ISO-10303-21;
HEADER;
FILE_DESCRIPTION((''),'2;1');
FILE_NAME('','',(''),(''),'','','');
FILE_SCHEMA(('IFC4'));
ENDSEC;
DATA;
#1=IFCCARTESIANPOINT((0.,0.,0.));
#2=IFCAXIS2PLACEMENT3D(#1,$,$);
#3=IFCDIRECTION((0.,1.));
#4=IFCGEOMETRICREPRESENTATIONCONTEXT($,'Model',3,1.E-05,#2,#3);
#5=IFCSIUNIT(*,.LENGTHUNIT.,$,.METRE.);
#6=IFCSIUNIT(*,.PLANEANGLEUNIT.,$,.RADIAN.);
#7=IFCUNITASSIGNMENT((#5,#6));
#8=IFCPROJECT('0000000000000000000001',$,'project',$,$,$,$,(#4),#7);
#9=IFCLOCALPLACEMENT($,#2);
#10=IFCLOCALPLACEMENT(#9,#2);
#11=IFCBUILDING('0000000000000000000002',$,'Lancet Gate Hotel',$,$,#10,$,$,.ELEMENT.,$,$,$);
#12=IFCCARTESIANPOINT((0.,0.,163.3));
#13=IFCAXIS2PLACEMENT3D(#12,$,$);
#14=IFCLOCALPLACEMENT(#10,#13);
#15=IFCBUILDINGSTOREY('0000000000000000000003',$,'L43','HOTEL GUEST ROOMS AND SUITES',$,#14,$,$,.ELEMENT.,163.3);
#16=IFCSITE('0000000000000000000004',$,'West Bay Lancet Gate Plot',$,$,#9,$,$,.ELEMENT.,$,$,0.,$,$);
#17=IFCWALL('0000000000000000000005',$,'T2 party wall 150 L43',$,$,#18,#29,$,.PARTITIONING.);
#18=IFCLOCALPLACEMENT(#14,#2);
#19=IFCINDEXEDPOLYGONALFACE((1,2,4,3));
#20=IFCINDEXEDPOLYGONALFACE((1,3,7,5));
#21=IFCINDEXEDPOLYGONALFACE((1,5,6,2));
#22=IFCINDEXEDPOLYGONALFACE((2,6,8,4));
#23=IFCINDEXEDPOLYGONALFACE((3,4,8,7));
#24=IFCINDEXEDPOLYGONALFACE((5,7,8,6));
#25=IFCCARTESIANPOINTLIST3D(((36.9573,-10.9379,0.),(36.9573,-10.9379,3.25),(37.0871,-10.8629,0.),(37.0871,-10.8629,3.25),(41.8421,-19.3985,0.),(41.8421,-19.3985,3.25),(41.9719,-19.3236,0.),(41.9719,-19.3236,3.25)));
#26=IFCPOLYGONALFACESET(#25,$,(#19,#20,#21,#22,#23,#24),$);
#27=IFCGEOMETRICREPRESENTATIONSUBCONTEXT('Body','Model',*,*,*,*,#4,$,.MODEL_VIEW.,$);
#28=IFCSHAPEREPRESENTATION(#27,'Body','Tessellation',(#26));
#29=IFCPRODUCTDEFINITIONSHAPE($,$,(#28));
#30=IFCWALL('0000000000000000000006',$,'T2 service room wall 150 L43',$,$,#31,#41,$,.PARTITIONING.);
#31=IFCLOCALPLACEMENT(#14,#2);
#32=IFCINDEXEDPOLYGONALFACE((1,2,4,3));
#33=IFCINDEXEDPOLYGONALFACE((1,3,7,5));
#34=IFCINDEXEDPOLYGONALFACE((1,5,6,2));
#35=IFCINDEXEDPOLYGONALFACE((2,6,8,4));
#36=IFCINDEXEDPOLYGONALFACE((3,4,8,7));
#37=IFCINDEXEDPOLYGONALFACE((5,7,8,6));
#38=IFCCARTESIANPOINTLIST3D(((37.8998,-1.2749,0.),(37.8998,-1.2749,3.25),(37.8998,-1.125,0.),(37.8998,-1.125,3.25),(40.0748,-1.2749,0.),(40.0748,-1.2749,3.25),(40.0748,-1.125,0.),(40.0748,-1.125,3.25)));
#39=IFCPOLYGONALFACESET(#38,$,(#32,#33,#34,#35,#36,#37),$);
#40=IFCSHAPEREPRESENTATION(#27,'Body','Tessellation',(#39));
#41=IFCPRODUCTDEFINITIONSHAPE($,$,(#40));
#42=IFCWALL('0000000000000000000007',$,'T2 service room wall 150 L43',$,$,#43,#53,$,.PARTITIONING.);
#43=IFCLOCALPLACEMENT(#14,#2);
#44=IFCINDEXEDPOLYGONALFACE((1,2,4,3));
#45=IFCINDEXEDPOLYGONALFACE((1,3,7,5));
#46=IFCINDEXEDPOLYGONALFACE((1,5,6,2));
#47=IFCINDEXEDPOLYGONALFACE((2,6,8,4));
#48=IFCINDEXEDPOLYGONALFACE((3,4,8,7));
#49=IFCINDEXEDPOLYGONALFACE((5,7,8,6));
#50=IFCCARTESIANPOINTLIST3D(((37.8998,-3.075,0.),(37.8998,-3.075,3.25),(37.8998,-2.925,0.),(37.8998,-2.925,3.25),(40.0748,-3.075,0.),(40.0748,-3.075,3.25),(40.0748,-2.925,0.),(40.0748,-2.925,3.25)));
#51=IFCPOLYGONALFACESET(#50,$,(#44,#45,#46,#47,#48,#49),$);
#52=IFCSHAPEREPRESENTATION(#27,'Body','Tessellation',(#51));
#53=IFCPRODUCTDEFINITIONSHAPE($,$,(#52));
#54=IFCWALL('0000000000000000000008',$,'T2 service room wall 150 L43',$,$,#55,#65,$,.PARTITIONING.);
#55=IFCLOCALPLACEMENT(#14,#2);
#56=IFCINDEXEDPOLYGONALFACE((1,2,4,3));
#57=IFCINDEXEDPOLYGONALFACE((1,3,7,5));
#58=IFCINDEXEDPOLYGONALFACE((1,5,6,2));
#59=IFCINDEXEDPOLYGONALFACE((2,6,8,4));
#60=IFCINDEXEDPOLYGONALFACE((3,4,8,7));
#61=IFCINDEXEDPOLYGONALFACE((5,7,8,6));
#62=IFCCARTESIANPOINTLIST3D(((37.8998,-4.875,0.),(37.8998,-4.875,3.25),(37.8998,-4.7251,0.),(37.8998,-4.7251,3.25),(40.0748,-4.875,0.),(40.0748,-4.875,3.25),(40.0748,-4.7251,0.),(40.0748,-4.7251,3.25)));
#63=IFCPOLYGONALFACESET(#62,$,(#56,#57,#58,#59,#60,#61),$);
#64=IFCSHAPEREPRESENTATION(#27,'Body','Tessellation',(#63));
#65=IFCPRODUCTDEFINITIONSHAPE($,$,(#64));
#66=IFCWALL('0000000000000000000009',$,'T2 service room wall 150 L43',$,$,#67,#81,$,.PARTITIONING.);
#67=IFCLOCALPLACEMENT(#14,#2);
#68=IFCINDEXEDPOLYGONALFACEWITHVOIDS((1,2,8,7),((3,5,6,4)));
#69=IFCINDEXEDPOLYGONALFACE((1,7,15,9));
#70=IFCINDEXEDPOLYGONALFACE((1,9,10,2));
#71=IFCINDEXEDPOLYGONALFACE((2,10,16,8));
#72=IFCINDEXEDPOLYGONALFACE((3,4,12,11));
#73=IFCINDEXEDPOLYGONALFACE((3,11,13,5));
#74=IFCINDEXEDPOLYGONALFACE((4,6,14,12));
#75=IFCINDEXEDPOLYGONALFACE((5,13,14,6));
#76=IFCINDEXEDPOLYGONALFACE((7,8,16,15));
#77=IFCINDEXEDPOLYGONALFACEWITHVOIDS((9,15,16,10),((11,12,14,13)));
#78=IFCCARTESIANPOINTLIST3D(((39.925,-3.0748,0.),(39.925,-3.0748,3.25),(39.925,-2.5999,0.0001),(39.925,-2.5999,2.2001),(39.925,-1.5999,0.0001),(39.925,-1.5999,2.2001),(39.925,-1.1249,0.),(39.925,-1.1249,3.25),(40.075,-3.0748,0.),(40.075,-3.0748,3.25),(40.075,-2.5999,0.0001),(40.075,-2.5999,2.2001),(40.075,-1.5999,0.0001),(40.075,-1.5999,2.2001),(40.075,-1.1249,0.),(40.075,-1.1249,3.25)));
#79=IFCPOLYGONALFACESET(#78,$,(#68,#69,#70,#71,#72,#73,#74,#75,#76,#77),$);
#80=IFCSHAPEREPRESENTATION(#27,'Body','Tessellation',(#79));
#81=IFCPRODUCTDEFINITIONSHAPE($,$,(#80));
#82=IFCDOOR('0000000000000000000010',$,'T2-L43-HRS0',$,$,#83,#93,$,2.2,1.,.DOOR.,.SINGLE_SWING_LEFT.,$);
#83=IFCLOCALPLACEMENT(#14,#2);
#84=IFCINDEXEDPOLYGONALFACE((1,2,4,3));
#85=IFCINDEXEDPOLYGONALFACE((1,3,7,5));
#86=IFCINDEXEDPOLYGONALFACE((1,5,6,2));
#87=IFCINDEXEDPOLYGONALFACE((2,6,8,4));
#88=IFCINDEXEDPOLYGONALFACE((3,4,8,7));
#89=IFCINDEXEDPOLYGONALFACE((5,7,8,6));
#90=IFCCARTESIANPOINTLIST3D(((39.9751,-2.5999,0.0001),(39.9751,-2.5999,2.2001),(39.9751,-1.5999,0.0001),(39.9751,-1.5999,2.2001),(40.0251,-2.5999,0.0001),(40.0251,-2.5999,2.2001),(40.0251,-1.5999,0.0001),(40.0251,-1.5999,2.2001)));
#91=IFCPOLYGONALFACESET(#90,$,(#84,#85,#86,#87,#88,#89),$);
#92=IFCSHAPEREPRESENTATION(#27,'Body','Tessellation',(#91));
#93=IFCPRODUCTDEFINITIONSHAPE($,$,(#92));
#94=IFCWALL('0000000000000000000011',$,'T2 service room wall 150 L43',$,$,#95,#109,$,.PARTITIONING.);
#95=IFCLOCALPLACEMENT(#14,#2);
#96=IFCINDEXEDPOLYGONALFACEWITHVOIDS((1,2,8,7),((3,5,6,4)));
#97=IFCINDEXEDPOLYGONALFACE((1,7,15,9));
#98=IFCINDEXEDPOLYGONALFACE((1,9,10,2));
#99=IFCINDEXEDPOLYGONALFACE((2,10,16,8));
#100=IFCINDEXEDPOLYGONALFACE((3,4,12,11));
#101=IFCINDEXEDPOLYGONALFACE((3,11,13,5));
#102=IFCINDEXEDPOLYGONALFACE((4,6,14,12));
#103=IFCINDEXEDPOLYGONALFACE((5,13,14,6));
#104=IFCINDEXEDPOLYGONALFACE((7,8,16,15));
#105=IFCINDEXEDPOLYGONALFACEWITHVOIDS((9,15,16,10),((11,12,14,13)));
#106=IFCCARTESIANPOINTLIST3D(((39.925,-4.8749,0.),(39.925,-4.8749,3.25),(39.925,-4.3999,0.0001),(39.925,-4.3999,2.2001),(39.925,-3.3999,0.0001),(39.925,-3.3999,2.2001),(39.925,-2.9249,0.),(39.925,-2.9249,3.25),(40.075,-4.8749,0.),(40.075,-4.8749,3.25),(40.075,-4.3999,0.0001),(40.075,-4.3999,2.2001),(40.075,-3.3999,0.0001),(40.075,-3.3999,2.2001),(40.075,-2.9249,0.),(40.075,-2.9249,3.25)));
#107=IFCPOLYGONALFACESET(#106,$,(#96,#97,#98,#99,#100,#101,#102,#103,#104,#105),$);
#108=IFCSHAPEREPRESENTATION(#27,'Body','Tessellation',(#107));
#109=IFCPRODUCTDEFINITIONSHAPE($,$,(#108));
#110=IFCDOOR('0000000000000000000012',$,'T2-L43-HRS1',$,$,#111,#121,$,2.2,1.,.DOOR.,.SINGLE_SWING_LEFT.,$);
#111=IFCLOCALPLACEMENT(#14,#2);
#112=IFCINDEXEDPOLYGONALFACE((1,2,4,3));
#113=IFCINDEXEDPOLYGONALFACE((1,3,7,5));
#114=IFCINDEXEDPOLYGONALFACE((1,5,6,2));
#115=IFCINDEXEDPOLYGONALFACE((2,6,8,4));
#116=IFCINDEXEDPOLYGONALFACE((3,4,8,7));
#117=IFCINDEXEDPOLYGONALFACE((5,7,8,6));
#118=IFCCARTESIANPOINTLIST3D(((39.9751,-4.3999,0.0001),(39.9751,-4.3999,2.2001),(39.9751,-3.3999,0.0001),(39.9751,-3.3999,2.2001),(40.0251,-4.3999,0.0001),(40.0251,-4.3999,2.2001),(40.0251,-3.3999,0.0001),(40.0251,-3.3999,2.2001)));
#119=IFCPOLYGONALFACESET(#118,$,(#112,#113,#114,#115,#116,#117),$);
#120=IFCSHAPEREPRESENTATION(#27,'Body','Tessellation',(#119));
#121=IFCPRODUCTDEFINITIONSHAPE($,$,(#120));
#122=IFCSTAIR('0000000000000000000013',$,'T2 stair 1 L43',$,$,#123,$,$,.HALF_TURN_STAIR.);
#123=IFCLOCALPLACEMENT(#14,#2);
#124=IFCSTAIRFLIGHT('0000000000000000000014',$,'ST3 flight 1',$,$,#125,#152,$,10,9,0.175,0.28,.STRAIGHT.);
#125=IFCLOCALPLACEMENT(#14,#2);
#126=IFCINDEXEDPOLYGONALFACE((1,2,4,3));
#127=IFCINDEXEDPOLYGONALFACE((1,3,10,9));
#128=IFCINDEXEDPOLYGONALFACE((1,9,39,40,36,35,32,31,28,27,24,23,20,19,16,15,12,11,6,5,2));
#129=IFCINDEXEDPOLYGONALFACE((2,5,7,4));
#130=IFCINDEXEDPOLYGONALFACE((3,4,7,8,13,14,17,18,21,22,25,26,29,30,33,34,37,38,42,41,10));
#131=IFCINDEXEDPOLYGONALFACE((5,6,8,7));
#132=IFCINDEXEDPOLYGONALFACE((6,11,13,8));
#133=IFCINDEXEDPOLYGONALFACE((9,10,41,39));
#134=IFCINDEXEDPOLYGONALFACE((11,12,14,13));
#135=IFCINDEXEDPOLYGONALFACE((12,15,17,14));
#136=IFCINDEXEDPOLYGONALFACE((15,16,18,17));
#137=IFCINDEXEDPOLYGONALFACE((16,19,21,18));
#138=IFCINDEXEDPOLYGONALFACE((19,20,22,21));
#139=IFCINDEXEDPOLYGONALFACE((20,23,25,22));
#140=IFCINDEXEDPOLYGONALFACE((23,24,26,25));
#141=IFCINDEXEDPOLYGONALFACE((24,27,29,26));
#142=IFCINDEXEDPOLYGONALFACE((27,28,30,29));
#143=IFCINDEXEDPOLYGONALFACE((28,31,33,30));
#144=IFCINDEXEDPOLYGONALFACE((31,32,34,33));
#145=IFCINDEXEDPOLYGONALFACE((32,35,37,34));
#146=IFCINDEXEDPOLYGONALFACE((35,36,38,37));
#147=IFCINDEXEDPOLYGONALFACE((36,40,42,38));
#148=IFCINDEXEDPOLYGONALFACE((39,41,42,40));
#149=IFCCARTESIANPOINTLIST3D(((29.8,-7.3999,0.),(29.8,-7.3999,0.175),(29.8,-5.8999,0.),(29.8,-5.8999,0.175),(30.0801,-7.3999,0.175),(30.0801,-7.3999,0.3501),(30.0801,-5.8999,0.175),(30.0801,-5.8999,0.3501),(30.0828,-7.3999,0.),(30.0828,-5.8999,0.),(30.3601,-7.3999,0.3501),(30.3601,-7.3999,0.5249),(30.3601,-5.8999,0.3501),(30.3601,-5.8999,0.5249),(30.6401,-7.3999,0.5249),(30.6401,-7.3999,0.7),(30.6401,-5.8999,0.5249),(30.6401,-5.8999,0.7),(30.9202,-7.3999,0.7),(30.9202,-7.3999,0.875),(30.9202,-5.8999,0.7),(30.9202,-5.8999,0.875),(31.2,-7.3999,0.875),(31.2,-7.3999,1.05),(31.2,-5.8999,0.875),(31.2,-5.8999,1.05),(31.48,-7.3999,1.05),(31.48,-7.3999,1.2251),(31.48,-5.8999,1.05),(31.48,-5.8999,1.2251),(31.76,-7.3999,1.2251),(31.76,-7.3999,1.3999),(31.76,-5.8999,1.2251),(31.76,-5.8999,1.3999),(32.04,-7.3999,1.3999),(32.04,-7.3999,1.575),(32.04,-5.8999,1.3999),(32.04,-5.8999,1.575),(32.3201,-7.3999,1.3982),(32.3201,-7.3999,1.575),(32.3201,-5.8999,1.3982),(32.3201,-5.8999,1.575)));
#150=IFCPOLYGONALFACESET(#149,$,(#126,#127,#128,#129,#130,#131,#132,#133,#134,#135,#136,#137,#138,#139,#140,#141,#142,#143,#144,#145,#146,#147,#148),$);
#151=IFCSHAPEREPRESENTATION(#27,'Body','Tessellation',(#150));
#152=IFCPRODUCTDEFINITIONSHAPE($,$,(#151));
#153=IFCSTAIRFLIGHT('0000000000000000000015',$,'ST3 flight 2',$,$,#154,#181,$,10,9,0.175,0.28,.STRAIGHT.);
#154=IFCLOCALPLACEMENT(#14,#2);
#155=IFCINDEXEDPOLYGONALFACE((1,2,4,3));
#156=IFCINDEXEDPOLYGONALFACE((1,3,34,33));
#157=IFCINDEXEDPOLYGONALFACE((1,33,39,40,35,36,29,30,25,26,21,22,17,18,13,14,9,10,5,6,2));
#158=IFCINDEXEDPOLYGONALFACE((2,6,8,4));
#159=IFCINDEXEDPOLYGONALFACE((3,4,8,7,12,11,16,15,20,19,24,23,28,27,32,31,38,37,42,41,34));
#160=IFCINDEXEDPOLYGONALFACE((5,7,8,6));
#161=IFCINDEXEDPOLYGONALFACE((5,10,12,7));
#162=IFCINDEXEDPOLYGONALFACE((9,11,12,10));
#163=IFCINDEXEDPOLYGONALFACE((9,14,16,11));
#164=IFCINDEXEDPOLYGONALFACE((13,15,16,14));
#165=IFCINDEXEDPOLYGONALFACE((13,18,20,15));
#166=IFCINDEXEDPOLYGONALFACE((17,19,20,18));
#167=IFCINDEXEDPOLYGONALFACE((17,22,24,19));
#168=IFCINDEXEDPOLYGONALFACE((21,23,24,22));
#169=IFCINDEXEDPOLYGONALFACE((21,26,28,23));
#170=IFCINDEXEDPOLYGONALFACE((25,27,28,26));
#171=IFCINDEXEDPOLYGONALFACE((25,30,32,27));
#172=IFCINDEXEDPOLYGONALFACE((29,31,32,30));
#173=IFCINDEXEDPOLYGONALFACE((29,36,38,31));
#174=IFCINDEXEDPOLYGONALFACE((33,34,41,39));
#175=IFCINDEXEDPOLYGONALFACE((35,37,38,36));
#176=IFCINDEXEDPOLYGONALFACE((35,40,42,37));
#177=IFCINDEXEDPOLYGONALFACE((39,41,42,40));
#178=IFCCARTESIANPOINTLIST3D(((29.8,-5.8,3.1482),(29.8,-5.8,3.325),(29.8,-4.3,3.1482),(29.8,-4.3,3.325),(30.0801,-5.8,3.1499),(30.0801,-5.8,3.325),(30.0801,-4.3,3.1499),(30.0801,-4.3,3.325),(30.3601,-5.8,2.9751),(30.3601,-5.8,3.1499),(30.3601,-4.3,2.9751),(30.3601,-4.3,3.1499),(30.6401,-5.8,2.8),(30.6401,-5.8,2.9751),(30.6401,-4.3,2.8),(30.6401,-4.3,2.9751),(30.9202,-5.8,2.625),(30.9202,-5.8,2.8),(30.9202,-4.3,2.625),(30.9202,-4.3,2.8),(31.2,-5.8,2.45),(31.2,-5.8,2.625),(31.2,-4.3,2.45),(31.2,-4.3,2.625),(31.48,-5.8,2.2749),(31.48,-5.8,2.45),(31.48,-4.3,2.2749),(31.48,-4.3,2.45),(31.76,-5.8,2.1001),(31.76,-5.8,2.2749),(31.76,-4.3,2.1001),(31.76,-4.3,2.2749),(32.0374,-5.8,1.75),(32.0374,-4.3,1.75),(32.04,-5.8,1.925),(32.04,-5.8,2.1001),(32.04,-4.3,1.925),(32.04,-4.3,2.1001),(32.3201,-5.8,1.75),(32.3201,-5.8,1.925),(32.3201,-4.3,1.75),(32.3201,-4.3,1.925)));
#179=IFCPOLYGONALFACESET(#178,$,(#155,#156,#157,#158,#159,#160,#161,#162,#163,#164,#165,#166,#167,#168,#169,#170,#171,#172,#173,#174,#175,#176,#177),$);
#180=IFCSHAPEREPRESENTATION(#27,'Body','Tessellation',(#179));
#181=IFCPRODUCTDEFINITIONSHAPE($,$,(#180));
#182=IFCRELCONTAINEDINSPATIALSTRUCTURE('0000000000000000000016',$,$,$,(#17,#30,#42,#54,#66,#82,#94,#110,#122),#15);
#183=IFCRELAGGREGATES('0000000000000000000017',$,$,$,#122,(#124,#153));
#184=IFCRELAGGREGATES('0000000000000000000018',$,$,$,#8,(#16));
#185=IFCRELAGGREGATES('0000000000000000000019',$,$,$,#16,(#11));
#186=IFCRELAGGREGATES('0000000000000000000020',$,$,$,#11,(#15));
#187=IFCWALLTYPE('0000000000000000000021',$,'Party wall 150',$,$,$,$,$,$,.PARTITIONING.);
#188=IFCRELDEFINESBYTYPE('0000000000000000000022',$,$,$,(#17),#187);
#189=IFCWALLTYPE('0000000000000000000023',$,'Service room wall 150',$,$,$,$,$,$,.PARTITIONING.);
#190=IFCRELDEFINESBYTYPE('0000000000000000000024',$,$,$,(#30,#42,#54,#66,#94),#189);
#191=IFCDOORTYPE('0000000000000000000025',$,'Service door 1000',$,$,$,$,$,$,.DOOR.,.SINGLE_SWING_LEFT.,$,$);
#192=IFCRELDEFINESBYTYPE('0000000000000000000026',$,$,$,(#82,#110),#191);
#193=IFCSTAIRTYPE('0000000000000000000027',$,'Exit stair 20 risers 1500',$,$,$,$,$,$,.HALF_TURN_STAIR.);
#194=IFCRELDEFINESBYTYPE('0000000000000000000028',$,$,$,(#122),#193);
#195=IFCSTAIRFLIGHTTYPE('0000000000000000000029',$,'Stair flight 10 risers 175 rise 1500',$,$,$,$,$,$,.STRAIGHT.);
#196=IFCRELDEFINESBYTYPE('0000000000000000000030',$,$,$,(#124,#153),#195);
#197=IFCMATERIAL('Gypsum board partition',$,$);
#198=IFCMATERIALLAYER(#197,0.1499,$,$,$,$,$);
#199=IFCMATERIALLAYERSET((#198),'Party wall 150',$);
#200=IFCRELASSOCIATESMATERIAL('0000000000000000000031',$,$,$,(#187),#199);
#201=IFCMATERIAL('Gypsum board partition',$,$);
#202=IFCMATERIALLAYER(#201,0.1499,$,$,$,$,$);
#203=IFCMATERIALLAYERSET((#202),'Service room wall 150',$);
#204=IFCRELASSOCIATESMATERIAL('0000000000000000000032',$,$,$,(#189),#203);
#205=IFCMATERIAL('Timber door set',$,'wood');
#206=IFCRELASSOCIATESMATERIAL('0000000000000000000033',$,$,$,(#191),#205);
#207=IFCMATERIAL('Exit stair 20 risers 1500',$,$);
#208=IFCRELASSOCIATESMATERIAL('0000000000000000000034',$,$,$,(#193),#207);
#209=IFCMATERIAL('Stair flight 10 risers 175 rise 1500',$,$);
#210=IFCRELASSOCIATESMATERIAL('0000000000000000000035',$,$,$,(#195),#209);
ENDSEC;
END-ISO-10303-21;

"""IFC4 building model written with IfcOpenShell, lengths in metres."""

from ifc_helpers import new_model, si_unit, direction, frame, frame_2d, origin, place, context, subcontext, project, spatial, polyline, rectangle, outline, extrude, material, layer, layer_set, type_object, element, fill, aggregate, save


model = new_model("IFC4")

# Units and contexts
model_context = context("Model", 3, precision=1e-05, world=origin(), true_north=direction((0.0, 1.0)))
body_context = subcontext(model_context, "Body", "Model", "MODEL_VIEW")
ifc_project = project(units=[si_unit("LENGTHUNIT", "METRE"), si_unit("PLANEANGLEUNIT", "RADIAN")], contexts=[model_context])

# Site, building, storey
site_placement = place(None, origin())
site = spatial("IfcSite", under=ifc_project, at=site_placement, Name="West Bay Lancet Gate Plot", CompositionType="ELEMENT", RefElevation=0.0)
building_placement = place(site_placement, origin())
building = spatial("IfcBuilding", under=site, at=building_placement, Name="Lancet Gate Hotel", CompositionType="ELEMENT")
storey_placement = place(building_placement, frame((0.0, 0.0, 163.3)))
storey = spatial("IfcBuildingStorey", under=building, at=storey_placement, Name="L43", Description="HOTEL GUEST ROOMS AND SUITES", CompositionType="ELEMENT", Elevation=163.3)

# Walls
ifc_material_1 = material(Name="Gypsum board partition")
ifc_layer_1 = layer(ifc_material_1, 0.1499)
ifc_layer_set_1 = layer_set([ifc_layer_1], Name="Party wall 150")
wall_type_1 = type_object("IfcWallType", Name="Party wall 150", PredefinedType="PARTITIONING", material=ifc_layer_set_1)
wall_1_placement = place(storey_placement, frame((37.0222, -10.9004, 0.0), z_axis=(0.0, 0.0, 1.0), x_axis=(0.499999, -0.866026, 0.0)))
element("IfcWall", 1, at=wall_1_placement, inside=storey, type_object=wall_type_1, Name="T2 party wall 150 L43", PredefinedType="PARTITIONING", context=body_context, shape_type="SweptSolid", body=[
    extrude(rectangle(XDim=9.7695, YDim=0.1499, at=frame_2d((4.8848, 0.0))), origin(), (0.0, 0.0, 1.0), 3.25),
])
ifc_material_2 = material(Name="Gypsum board partition")
ifc_layer_2 = layer(ifc_material_2, 0.1499)
ifc_layer_set_2 = layer_set([ifc_layer_2], Name="Service room wall 150")
wall_type_2 = type_object("IfcWallType", Name="Service room wall 150", PredefinedType="PARTITIONING", material=ifc_layer_set_2)
for number, where, z_axis, x_axis, name in (
    (2, (37.8999, -1.2, 0.0), (0.0, 0.0, 1.0), (1.0, 0.0, 0.0), "T2 service room wall 150 L43"),
    (3, (37.8999, -3.0, 0.0), (0.0, 0.0, 1.0), (1.0, 0.0, 0.0), "T2 service room wall 150 L43"),
    (4, (37.8999, -4.8, 0.0), (0.0, 0.0, 1.0), (1.0, 0.0, 0.0), "T2 service room wall 150 L43"),
):
    element("IfcWall", number, at=place(storey_placement, frame(where, z_axis=z_axis, x_axis=x_axis)), inside=storey, type_object=wall_type_2, Name=name, PredefinedType="PARTITIONING", context=body_context, shape_type="SweptSolid", body=[
        extrude(rectangle(XDim=2.175, YDim=0.1499, at=frame_2d((1.0874, 0.0))), origin(), (0.0, 0.0, 1.0), 3.25),
    ])

# Walls, openings, doors
wall_2_placement = place(storey_placement, frame((40.0, -3.075, 0.0), z_axis=(0.0, 0.0, 1.0), x_axis=(0.0, 1.0, 0.0)))
wall_2 = element("IfcWall", 5, at=wall_2_placement, inside=storey, type_object=wall_type_2, Name="T2 service room wall 150 L43", PredefinedType="PARTITIONING", context=body_context, shape_type="SweptSolid", body=[
    extrude(rectangle(XDim=1.95, YDim=0.1499, at=frame_2d((0.9751, 0.0))), origin(), (0.0, 0.0, 1.0), 3.25),
])
opening_1_placement = place(wall_2_placement, frame((0.4751, 0.0, 0.0)))
opening_1 = element("IfcOpeningElement", 6, at=opening_1_placement, cuts=wall_2, PredefinedType="OPENING", context=body_context, shape_type="SweptSolid", body=[
    extrude(rectangle(XDim=1.0, YDim=2.2, at=frame_2d((0.5, 1.1001))), frame((0.0, 0.085, 0.0), z_axis=(0.0, -1.0, 0.0), x_axis=(1.0, 0.0, 0.0)), (0.0, 0.0, 1.0), 0.1699),
])
ifc_material_3 = material(Name="Timber door set", Category="wood")
door_type_1 = type_object("IfcDoorType", Name="Service door 1000", OperationType="SINGLE_SWING_LEFT", PredefinedType="DOOR", material=ifc_material_3)
door_1_placement = place(opening_1_placement, origin())
door_1 = element("IfcDoor", 7, at=door_1_placement, inside=storey, type_object=door_type_1, Name="T2-L43-HRS0", OperationType="SINGLE_SWING_LEFT", OverallHeight=2.2, OverallWidth=1.0, PredefinedType="DOOR", context=body_context, shape_type="SweptSolid", body=[
    extrude(rectangle(XDim=1.0, YDim=2.2, at=frame_2d((0.5, 1.1001))), frame((0.0, 0.0249, 0.0), z_axis=(0.0, -1.0, 0.0), x_axis=(1.0, 0.0, 0.0)), (0.0, 0.0, 1.0), 0.05),
])
fill(opening_1, door_1)
wall_3_placement = place(storey_placement, frame((40.0, -4.875, 0.0), z_axis=(0.0, 0.0, 1.0), x_axis=(0.0, 1.0, 0.0)))
wall_3 = element("IfcWall", 8, at=wall_3_placement, inside=storey, type_object=wall_type_2, Name="T2 service room wall 150 L43", PredefinedType="PARTITIONING", context=body_context, shape_type="SweptSolid", body=[
    extrude(rectangle(XDim=1.95, YDim=0.1499, at=frame_2d((0.9751, 0.0))), origin(), (0.0, 0.0, 1.0), 3.25),
])
opening_2_placement = place(wall_3_placement, frame((0.4751, 0.0, 0.0)))
opening_2 = element("IfcOpeningElement", 9, at=opening_2_placement, cuts=wall_3, PredefinedType="OPENING", context=body_context, shape_type="SweptSolid", body=[
    extrude(rectangle(XDim=1.0, YDim=2.2, at=frame_2d((0.5, 1.1001))), frame((0.0, 0.085, 0.0), z_axis=(0.0, -1.0, 0.0), x_axis=(1.0, 0.0, 0.0)), (0.0, 0.0, 1.0), 0.1699),
])
door_2_placement = place(opening_2_placement, origin())
door_2 = element("IfcDoor", 10, at=door_2_placement, inside=storey, type_object=door_type_1, Name="T2-L43-HRS1", OperationType="SINGLE_SWING_LEFT", OverallHeight=2.2, OverallWidth=1.0, PredefinedType="DOOR", context=body_context, shape_type="SweptSolid", body=[
    extrude(rectangle(XDim=1.0, YDim=2.2, at=frame_2d((0.5, 1.1001))), frame((0.0, 0.0249, 0.0), z_axis=(0.0, -1.0, 0.0), x_axis=(1.0, 0.0, 0.0)), (0.0, 0.0, 1.0), 0.05),
])
fill(opening_2, door_2)

# Stair, stair flights
ifc_material_4 = material(Name="Exit stair 20 risers 1500")
stair_type = type_object("IfcStairType", Name="Exit stair 20 risers 1500", PredefinedType="HALF_TURN_STAIR", material=ifc_material_4)
stair_placement = place(storey_placement, origin())
stair = element("IfcStair", 11, at=stair_placement, inside=storey, type_object=stair_type, Name="T2 stair 1 L43", PredefinedType="HALF_TURN_STAIR")
ifc_material_5 = material(Name="Stair flight 10 risers 175 rise 1500")
stair_flight_type = type_object("IfcStairFlightType", Name="Stair flight 10 risers 175 rise 1500", PredefinedType="STRAIGHT", material=ifc_material_5)
stair_flight_1_placement = place(storey_placement, frame((29.8, -6.6499, 0.0), z_axis=(0.0, 0.0, 1.0), x_axis=(1.0, 0.0, 0.0)))
stair_flight_1 = element("IfcStairFlight", 12, at=stair_flight_1_placement, type_object=stair_flight_type, Name="ST3 flight 1", NumberOfRisers=10, NumberOfTreads=9, PredefinedType="STRAIGHT", RiserHeight=0.175, TreadLength=0.28, context=body_context, shape_type="SweptSolid", body=[
    extrude(outline(polyline([(0.0, 0.0), (0.0, 0.175), (0.28, 0.175), (0.28, 0.3501), (0.5601, 0.3501), (0.5601, 0.5249), (0.8401, 0.5249), (0.8401, 0.7), (1.1201, 0.7), (1.1201, 0.875), (1.3999, 0.875), (1.3999, 1.05), (1.6799, 1.05), (1.6799, 1.2251), (1.96, 1.2251), (1.96, 1.3999), (2.24, 1.3999), (2.24, 1.575), (2.52, 1.575), (2.52, 1.75), (2.52, 1.3982), (0.2827, 0.0), (0.0, 0.0)])), frame((0.0, 0.75, 0.0), z_axis=(0.0, -1.0, 0.0), x_axis=(1.0, 0.0, 0.0)), (0.0, 0.0, 1.0), 1.5),
])
stair_flight_2_placement = place(storey_placement, frame((32.3201, -5.05, 1.75), z_axis=(0.0, 0.0, 1.0), x_axis=(-1.0, 0.0, 0.0)))
stair_flight_2 = element("IfcStairFlight", 13, at=stair_flight_2_placement, type_object=stair_flight_type, Name="ST3 flight 2", NumberOfRisers=10, NumberOfTreads=9, PredefinedType="STRAIGHT", RiserHeight=0.175, TreadLength=0.28, context=body_context, shape_type="SweptSolid", body=[
    extrude(outline(polyline([(0.0, 0.0), (0.0, 0.175), (0.28, 0.175), (0.28, 0.3501), (0.5601, 0.3501), (0.5601, 0.5249), (0.8401, 0.5249), (0.8401, 0.7), (1.1201, 0.7), (1.1201, 0.875), (1.3999, 0.875), (1.3999, 1.05), (1.6799, 1.05), (1.6799, 1.2251), (1.96, 1.2251), (1.96, 1.3999), (2.24, 1.3999), (2.24, 1.575), (2.52, 1.575), (2.52, 1.75), (2.52, 1.3982), (0.2827, 0.0), (0.0, 0.0)])), frame((0.0, 0.75, 0.0), z_axis=(0.0, -1.0, 0.0), x_axis=(1.0, 0.0, 0.0)), (0.0, 0.0, 1.0), 1.5),
])
aggregate(stair, [stair_flight_1, stair_flight_2])

save(model, "model.ifc")
